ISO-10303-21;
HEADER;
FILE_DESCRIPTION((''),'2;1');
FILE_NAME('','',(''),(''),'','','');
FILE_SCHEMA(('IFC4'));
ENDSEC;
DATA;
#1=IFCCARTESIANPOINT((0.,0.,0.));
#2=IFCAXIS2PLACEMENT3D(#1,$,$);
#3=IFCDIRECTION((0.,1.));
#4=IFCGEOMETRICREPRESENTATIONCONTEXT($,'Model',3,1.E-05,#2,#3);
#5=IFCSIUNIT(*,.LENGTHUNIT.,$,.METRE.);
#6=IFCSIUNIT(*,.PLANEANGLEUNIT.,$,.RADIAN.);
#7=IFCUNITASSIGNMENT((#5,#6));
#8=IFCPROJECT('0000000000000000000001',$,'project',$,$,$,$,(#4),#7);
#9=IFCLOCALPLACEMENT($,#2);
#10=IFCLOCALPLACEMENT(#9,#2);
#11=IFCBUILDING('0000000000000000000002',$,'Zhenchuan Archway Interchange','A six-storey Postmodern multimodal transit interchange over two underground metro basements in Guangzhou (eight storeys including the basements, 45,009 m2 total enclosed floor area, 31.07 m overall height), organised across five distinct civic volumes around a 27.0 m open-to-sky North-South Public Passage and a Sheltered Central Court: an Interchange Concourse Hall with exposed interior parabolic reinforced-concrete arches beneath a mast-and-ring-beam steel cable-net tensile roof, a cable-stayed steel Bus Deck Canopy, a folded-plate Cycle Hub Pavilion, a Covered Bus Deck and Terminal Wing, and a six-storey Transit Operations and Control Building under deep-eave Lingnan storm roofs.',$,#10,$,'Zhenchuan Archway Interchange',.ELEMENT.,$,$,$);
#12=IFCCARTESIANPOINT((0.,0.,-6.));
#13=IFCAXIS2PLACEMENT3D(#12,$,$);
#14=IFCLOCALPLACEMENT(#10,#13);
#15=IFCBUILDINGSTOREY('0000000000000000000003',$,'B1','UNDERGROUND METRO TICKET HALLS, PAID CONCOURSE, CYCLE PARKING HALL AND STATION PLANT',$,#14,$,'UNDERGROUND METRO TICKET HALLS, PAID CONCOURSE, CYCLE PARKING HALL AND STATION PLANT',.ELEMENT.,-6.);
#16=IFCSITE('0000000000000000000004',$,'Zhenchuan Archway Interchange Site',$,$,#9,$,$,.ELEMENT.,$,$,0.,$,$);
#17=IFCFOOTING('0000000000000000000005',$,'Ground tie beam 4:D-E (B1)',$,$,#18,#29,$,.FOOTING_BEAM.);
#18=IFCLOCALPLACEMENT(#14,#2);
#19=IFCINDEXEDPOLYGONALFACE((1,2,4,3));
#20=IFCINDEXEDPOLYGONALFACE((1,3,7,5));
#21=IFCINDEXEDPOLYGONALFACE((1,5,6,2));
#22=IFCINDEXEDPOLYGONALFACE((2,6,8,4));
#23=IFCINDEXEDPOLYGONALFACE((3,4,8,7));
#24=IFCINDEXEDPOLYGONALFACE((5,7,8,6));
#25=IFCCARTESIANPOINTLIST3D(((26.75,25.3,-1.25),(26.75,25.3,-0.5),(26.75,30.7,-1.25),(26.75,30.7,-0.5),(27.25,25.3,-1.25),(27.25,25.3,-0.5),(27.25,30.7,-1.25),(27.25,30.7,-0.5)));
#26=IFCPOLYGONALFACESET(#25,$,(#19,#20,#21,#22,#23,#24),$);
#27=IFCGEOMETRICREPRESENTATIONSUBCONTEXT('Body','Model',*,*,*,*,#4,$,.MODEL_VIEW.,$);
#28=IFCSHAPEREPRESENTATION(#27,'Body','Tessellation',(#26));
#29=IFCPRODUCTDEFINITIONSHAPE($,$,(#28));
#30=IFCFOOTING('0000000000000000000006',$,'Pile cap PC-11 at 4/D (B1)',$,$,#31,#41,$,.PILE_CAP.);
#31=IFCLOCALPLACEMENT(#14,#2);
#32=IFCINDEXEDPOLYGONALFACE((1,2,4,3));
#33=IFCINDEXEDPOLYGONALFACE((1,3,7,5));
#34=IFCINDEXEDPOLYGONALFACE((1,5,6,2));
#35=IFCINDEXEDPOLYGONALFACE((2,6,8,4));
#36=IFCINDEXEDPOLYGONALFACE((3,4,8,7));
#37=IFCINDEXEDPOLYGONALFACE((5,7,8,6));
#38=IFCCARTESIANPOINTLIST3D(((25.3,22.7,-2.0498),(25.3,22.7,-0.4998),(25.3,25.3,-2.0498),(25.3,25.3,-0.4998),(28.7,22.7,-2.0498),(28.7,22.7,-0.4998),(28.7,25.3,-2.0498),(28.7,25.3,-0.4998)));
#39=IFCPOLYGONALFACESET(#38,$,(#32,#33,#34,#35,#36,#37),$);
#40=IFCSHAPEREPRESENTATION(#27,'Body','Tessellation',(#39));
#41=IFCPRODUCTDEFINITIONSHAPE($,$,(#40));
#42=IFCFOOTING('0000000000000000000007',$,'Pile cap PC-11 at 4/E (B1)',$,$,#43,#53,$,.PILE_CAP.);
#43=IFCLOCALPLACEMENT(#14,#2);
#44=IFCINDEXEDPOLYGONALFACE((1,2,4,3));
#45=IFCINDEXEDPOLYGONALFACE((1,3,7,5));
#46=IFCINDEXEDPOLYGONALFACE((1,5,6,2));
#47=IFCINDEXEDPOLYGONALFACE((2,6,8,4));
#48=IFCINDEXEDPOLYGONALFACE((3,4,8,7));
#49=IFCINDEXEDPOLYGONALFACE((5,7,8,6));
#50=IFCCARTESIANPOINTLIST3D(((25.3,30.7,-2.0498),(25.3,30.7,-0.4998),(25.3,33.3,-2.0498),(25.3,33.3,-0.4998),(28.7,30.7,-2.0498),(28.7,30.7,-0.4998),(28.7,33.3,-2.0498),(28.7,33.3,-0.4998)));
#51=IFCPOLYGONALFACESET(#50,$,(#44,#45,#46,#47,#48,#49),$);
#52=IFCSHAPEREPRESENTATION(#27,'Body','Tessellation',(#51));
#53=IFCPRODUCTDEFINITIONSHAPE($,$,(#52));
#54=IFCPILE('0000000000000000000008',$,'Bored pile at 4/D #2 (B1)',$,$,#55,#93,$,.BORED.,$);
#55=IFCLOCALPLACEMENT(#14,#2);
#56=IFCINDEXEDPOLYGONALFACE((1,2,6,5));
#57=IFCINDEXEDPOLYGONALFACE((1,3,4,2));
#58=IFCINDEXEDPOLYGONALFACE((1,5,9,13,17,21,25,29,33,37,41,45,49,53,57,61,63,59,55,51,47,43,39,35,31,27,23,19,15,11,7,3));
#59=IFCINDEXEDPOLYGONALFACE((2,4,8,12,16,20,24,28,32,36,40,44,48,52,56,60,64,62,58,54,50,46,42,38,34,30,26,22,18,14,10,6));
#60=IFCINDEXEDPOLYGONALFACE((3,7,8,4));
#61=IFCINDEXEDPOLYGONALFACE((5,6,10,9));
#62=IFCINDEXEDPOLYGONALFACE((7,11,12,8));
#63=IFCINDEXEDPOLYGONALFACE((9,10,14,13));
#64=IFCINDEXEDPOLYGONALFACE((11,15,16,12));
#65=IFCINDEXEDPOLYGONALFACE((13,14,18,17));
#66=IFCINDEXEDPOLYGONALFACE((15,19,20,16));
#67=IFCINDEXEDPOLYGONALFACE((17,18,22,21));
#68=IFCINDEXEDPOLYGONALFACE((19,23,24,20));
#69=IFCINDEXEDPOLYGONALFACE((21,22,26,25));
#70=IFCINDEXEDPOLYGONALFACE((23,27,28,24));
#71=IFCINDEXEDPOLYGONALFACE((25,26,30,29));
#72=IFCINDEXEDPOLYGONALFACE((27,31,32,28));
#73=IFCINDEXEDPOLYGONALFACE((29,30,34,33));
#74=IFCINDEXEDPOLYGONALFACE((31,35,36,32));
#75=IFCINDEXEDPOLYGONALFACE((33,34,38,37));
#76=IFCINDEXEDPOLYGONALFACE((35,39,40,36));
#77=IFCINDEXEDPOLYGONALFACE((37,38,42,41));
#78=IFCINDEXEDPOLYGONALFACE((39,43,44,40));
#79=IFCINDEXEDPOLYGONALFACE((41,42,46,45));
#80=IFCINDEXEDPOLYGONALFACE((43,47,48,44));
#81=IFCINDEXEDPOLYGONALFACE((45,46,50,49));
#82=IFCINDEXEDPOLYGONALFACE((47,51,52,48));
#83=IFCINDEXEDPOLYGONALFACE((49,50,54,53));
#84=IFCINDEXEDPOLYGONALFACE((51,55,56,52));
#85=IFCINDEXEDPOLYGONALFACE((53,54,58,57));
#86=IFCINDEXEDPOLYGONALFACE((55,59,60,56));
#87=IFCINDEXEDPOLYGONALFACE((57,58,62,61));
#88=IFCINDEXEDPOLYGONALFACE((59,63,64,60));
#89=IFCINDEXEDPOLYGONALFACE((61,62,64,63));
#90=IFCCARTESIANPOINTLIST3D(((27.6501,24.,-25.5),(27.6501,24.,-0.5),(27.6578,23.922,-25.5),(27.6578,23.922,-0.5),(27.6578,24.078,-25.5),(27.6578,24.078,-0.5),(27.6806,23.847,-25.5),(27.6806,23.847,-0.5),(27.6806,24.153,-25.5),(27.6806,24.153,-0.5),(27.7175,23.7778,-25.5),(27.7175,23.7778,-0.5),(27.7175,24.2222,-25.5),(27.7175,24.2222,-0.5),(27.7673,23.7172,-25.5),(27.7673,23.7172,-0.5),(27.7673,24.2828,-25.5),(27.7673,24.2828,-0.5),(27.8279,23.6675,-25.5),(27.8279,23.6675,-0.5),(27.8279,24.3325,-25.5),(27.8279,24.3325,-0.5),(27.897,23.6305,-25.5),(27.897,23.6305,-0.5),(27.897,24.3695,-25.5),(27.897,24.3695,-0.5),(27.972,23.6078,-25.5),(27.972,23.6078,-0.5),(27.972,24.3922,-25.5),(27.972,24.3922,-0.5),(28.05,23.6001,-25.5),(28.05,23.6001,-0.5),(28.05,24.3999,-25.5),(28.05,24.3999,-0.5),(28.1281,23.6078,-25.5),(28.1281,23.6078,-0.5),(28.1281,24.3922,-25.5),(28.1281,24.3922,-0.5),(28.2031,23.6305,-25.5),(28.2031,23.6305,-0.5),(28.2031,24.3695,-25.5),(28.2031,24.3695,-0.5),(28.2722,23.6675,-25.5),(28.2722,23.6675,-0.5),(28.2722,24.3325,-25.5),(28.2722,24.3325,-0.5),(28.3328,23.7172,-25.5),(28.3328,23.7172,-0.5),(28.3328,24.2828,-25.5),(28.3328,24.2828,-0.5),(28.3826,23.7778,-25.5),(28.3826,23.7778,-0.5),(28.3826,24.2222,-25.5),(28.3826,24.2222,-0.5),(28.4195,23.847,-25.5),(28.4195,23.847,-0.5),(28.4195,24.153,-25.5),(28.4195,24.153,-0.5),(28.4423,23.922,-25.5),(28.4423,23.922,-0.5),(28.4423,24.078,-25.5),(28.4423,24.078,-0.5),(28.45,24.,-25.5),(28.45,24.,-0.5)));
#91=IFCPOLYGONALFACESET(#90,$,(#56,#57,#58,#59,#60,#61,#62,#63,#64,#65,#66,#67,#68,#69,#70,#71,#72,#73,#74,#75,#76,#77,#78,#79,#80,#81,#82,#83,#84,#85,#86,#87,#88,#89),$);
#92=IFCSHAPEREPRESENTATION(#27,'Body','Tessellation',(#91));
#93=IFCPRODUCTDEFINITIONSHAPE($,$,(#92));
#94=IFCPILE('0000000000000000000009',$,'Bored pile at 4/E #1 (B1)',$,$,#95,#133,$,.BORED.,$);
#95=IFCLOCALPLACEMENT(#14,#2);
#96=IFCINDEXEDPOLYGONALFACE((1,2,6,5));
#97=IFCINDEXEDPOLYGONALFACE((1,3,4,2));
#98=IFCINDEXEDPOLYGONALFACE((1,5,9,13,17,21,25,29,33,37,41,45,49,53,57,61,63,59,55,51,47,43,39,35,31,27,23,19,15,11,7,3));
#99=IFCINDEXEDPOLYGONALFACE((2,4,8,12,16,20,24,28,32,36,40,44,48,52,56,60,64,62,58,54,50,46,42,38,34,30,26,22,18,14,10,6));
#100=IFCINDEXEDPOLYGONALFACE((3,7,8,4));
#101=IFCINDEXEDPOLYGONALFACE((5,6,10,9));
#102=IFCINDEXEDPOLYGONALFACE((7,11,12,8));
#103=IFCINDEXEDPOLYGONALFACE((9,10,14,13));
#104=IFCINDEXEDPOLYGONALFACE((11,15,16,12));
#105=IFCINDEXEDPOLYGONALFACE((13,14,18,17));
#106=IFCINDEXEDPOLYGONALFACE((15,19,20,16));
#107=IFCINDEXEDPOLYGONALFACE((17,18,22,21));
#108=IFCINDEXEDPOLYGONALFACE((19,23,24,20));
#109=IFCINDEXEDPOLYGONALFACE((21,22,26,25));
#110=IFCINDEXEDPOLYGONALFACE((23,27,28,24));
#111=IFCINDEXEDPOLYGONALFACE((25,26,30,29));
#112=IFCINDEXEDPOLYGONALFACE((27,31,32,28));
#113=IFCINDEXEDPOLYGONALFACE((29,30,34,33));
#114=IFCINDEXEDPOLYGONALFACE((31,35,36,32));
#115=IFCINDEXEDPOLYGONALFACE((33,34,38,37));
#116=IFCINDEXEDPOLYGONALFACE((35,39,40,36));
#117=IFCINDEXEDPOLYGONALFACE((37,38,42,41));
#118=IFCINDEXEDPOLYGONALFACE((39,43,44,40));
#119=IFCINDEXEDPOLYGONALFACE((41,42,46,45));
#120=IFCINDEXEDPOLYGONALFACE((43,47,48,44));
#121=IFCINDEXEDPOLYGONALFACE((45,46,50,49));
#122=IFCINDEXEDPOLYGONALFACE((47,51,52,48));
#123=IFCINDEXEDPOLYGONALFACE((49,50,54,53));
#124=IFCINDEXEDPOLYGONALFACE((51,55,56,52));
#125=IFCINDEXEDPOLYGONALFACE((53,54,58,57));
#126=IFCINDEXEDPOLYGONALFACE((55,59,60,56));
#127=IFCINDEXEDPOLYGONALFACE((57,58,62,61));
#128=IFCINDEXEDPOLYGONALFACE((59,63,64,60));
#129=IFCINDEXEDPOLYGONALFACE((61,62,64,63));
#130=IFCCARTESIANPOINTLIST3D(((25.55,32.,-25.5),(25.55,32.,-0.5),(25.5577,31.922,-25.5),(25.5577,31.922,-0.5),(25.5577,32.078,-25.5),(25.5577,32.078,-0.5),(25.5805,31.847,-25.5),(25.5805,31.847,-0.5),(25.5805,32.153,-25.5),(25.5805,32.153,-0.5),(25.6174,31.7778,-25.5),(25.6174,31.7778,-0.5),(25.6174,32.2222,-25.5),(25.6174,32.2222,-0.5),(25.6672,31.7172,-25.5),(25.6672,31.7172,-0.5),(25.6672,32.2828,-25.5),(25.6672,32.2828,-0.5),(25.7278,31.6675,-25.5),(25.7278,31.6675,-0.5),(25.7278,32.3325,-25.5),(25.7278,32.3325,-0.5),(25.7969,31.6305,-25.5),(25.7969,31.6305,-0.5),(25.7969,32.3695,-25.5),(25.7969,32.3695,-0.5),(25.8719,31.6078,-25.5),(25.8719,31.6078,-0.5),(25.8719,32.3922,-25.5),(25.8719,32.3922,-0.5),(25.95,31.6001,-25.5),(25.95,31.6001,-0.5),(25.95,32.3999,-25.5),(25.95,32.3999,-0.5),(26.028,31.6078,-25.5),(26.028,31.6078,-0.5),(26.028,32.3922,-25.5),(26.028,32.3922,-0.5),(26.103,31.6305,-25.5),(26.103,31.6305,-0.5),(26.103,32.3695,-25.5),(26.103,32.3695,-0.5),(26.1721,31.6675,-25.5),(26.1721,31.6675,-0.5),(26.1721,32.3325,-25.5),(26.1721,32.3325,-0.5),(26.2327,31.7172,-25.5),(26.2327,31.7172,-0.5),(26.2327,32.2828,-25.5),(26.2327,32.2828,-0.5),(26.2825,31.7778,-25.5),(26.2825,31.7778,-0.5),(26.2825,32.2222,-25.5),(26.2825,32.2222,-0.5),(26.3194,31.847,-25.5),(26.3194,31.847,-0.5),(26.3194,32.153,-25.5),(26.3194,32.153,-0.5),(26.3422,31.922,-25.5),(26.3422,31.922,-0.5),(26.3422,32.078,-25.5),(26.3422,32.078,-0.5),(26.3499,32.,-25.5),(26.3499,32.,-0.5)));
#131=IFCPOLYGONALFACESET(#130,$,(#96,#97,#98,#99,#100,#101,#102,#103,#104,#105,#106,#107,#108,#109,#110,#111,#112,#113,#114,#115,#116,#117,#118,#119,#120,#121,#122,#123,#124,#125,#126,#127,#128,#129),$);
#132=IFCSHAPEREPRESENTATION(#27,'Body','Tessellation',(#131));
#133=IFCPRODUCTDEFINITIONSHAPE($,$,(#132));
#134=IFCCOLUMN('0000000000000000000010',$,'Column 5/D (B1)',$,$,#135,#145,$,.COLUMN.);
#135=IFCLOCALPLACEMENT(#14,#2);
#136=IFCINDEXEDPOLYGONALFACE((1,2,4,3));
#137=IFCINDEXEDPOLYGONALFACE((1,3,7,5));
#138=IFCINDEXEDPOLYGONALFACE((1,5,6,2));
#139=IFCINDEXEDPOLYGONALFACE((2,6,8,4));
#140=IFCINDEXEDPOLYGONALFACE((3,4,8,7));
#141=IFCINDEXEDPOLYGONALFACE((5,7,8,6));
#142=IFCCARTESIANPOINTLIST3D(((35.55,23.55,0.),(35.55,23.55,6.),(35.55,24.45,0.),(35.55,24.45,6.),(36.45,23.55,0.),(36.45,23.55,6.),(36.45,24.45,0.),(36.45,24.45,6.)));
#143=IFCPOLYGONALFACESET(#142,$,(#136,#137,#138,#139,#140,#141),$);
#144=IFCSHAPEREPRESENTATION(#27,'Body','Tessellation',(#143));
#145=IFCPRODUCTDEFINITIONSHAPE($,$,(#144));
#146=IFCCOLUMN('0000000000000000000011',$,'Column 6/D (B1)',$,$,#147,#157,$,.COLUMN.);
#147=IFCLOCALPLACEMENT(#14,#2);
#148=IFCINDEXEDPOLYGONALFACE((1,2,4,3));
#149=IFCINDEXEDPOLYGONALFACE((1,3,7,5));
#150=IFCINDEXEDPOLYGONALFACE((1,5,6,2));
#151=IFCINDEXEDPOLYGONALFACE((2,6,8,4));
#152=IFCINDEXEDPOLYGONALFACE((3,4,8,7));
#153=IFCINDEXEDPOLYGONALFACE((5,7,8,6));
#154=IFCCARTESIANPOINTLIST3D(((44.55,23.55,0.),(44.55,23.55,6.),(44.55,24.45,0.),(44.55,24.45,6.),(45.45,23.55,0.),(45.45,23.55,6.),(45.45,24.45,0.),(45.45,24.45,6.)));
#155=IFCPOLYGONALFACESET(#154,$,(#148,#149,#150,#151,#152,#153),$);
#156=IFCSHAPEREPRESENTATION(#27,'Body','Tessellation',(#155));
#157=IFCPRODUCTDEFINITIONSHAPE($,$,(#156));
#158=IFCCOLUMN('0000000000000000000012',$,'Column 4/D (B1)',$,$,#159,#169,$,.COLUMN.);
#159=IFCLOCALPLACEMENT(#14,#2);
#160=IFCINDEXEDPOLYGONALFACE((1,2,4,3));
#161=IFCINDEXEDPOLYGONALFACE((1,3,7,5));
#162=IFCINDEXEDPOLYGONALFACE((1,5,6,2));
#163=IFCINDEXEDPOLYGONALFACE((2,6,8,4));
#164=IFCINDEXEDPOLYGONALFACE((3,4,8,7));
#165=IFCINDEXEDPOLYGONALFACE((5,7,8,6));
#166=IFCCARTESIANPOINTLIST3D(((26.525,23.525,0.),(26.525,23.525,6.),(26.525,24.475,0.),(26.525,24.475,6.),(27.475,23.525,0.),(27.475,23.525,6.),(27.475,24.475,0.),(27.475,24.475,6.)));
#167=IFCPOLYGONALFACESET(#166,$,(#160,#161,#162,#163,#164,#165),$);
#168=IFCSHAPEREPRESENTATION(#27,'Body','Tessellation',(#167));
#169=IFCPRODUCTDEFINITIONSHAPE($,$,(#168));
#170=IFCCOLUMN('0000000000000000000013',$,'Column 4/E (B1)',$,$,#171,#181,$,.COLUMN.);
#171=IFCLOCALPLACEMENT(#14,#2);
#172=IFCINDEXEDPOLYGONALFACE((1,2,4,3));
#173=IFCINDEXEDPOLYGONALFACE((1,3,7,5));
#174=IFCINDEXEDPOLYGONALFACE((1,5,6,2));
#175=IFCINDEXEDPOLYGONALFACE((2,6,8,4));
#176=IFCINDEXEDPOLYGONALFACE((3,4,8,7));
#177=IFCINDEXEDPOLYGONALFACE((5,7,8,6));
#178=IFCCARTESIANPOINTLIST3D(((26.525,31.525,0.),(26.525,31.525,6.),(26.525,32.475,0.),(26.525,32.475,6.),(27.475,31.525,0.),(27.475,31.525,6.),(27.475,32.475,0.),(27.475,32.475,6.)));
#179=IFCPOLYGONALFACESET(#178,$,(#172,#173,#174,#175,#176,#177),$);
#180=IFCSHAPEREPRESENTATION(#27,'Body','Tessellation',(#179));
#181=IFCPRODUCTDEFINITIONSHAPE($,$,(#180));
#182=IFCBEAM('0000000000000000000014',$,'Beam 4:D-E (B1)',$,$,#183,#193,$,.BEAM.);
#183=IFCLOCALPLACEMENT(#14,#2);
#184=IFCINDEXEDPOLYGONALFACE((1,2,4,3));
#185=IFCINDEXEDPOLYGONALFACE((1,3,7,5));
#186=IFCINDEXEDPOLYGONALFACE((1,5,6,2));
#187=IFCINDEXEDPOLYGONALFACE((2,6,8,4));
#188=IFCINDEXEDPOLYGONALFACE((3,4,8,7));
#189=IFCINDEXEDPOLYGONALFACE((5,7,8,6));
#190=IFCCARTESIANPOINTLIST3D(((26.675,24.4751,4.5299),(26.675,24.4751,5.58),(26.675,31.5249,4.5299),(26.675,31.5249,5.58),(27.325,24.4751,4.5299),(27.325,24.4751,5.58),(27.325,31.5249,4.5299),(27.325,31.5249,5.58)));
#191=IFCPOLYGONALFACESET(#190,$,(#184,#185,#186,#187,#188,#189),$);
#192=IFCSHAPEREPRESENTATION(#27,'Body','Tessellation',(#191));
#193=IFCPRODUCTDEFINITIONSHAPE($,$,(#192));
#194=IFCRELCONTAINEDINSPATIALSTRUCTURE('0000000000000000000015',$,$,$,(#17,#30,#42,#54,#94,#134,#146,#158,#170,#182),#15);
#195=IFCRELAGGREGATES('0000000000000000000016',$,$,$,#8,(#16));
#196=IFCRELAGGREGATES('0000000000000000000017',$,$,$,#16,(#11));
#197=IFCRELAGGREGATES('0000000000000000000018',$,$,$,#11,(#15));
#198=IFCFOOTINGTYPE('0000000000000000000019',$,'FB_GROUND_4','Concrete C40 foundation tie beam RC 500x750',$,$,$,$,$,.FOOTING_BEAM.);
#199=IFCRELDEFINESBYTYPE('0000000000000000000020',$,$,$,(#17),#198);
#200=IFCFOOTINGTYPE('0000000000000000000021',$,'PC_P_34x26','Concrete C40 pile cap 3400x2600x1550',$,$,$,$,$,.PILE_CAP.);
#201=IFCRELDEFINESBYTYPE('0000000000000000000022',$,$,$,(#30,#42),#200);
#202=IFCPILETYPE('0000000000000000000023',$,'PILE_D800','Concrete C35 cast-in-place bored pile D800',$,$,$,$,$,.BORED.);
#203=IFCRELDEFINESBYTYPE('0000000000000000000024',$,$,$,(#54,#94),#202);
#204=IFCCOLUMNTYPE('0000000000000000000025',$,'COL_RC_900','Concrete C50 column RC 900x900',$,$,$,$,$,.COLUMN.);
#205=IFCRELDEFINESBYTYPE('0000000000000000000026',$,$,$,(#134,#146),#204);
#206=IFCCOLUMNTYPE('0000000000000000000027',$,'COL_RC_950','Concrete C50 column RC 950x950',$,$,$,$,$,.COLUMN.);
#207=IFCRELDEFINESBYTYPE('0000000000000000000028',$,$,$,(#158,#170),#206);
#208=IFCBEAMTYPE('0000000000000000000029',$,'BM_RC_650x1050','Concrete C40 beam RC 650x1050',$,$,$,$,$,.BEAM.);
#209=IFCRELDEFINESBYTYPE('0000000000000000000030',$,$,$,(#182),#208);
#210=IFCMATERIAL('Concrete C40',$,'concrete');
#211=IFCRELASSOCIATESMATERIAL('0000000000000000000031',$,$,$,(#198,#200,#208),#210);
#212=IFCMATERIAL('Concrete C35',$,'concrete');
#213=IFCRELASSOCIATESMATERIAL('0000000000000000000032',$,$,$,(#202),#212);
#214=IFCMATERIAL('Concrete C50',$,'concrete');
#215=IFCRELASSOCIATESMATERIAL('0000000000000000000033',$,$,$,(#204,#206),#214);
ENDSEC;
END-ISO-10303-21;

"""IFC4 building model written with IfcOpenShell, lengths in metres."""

from ifc_helpers import new_model, si_unit, direction, frame, origin, origin_2d, place, context, subcontext, project, spatial, rectangle, circle, extrude, material, material_profile, profile_set, type_object, element, save


model = new_model("IFC4")

# Units and contexts
model_context = context("Model", 3, precision=1e-05, world=origin(), true_north=direction((0.0, 1.0)))
body_context = subcontext(model_context, "Body", "Model", "MODEL_VIEW")
ifc_project = project(units=[si_unit("LENGTHUNIT", "METRE"), si_unit("PLANEANGLEUNIT", "RADIAN")], contexts=[model_context])

# Site, building, storey
site_placement = place(None, origin())
site = spatial("IfcSite", under=ifc_project, at=site_placement, Name="Zhenchuan Archway Interchange Site", CompositionType="ELEMENT", RefElevation=0.0)
building_placement = place(site_placement, origin())
building = spatial("IfcBuilding", under=site, at=building_placement, Name="Zhenchuan Archway Interchange", Description="A six-storey Postmodern multimodal transit interchange over two underground metro basements in Guangzhou (eight storeys including the basements, 45,009 m2 total enclosed floor area, 31.07 m overall height), organised across five distinct civic volumes around a 27.0 m open-to-sky North-South Public Passage and a Sheltered Central Court: an Interchange Concourse Hall with exposed interior parabolic reinforced-concrete arches beneath a mast-and-ring-beam steel cable-net tensile roof, a cable-stayed steel Bus Deck Canopy, a folded-plate Cycle Hub Pavilion, a Covered Bus Deck and Terminal Wing, and a six-storey Transit Operations and Control Building under deep-eave Lingnan storm roofs.", LongName="Zhenchuan Archway Interchange", CompositionType="ELEMENT")
storey_placement = place(building_placement, frame((0.0, 0.0, -6.0)))
storey = spatial("IfcBuildingStorey", under=building, at=storey_placement, Name="B1", Description="UNDERGROUND METRO TICKET HALLS, PAID CONCOURSE, CYCLE PARKING HALL AND STATION PLANT", LongName="UNDERGROUND METRO TICKET HALLS, PAID CONCOURSE, CYCLE PARKING HALL AND STATION PLANT", CompositionType="ELEMENT", Elevation=-6.0)

# Footings
ifc_material_1 = material(Name="Concrete C40", Category="concrete")
ifc_material_profile_1 = material_profile(ifc_material_1, rectangle(XDim=0.5, YDim=0.75, at=origin_2d()), Name="RC 500x750")
ifc_profile_set_1 = profile_set([ifc_material_profile_1], Name="Concrete C40")
footing_type_1 = type_object("IfcFootingType", Name="FB_GROUND_4", Description="Concrete C40 foundation tie beam RC 500x750", PredefinedType="FOOTING_BEAM", material=ifc_profile_set_1)
footing_placement = place(storey_placement, frame((27.0, 25.3, -0.875), z_axis=(0.0, 1.0, 0.0), x_axis=(-1.0, 0.0, 0.0)))
element("IfcFooting", 1, at=footing_placement, inside=storey, type_object=footing_type_1, Name="Ground tie beam 4:D-E (B1)", PredefinedType="FOOTING_BEAM", context=body_context, shape_type="SweptSolid", body=[
    extrude(rectangle(XDim=0.5, YDim=0.75, at=origin_2d()), origin(), (0.0, 0.0, 1.0), 5.3999),
])
footing_type_2 = type_object("IfcFootingType", Name="PC_P_34x26", Description="Concrete C40 pile cap 3400x2600x1550", PredefinedType="PILE_CAP", material=ifc_material_1)
for number, where, z_axis, x_axis, name in (
    (2, (27.0, 24.0, -2.0498), (0.0, 0.0, 1.0), (1.0, 0.0, 0.0), "Pile cap PC-11 at 4/D (B1)"),
    (3, (27.0, 32.0, -2.0498), (0.0, 0.0, 1.0), (1.0, 0.0, 0.0), "Pile cap PC-11 at 4/E (B1)"),
):
    element("IfcFooting", number, at=place(storey_placement, frame(where, z_axis=z_axis, x_axis=x_axis)), inside=storey, type_object=footing_type_2, Name=name, PredefinedType="PILE_CAP", context=body_context, shape_type="SweptSolid", body=[
        extrude(rectangle(XDim=3.3999, YDim=2.6001, at=origin_2d()), origin(), (0.0, 0.0, 1.0), 1.55),
    ])

# Piles
ifc_material_2 = material(Name="Concrete C35", Category="concrete")
ifc_material_profile_2 = material_profile(ifc_material_2, circle(Radius=0.3999, at=origin_2d()), Name="BORED PILE 800")
ifc_profile_set_2 = profile_set([ifc_material_profile_2], Name="Concrete C35")
pile_type = type_object("IfcPileType", Name="PILE_D800", Description="Concrete C35 cast-in-place bored pile D800", PredefinedType="BORED", material=ifc_profile_set_2)
for number, where, z_axis, x_axis, name in (
    (4, (28.05, 24.0, -0.5), (0.0, 0.0, -1.0), (1.0, 0.0, 0.0), "Bored pile at 4/D #2 (B1)"),
    (5, (25.95, 32.0, -0.5), (0.0, 0.0, -1.0), (1.0, 0.0, 0.0), "Bored pile at 4/E #1 (B1)"),
):
    element("IfcPile", number, at=place(storey_placement, frame(where, z_axis=z_axis, x_axis=x_axis)), inside=storey, type_object=pile_type, Name=name, PredefinedType="BORED", context=body_context, shape_type="SweptSolid", body=[
        extrude(circle(Radius=0.3999, at=origin_2d()), origin(), (0.0, 0.0, 1.0), 25.0),
    ])

# Columns
ifc_material_3 = material(Name="Concrete C50", Category="concrete")
ifc_material_profile_3 = material_profile(ifc_material_3, rectangle(XDim=0.8999, YDim=0.8999, at=origin_2d()), Name="RC 900x900")
ifc_profile_set_3 = profile_set([ifc_material_profile_3], Name="Concrete C50")
column_type_1 = type_object("IfcColumnType", Name="COL_RC_900", Description="Concrete C50 column RC 900x900", PredefinedType="COLUMN", material=ifc_profile_set_3)
for number, where, z_axis, x_axis, name in (
    (6, (36.0, 24.0, 0.0), (0.0, 0.0, 1.0), (1.0, 0.0, 0.0), "Column 5/D (B1)"),
    (7, (45.0, 24.0, 0.0), (0.0, 0.0, 1.0), (1.0, 0.0, 0.0), "Column 6/D (B1)"),
):
    element("IfcColumn", number, at=place(storey_placement, frame(where, z_axis=z_axis, x_axis=x_axis)), inside=storey, type_object=column_type_1, Name=name, PredefinedType="COLUMN", context=body_context, shape_type="SweptSolid", body=[
        extrude(rectangle(XDim=0.8999, YDim=0.8999, at=origin_2d()), origin(), (0.0, 0.0, 1.0), 6.0),
    ])
ifc_material_profile_4 = material_profile(ifc_material_3, rectangle(XDim=0.95, YDim=0.95, at=origin_2d()), Name="RC 950x950")
ifc_profile_set_4 = profile_set([ifc_material_profile_4], Name="Concrete C50")
column_type_2 = type_object("IfcColumnType", Name="COL_RC_950", Description="Concrete C50 column RC 950x950", PredefinedType="COLUMN", material=ifc_profile_set_4)
for number, where, z_axis, x_axis, name in (
    (8, (27.0, 24.0, 0.0), (0.0, 0.0, 1.0), (1.0, 0.0, 0.0), "Column 4/D (B1)"),
    (9, (27.0, 32.0, 0.0), (0.0, 0.0, 1.0), (1.0, 0.0, 0.0), "Column 4/E (B1)"),
):
    element("IfcColumn", number, at=place(storey_placement, frame(where, z_axis=z_axis, x_axis=x_axis)), inside=storey, type_object=column_type_2, Name=name, PredefinedType="COLUMN", context=body_context, shape_type="SweptSolid", body=[
        extrude(rectangle(XDim=0.95, YDim=0.95, at=origin_2d()), origin(), (0.0, 0.0, 1.0), 6.0),
    ])

# Beam
ifc_material_profile_5 = material_profile(ifc_material_1, rectangle(XDim=0.6499, YDim=1.05, at=origin_2d()), Name="RC 650x1050")
ifc_profile_set_5 = profile_set([ifc_material_profile_5], Name="Concrete C40")
beam_type_1 = type_object("IfcBeamType", Name="BM_RC_650x1050", Description="Concrete C40 beam RC 650x1050", PredefinedType="BEAM", material=ifc_profile_set_5)
beam_1_placement = place(storey_placement, frame((27.0, 24.4751, 5.0549), z_axis=(0.0, 1.0, 0.0), x_axis=(-1.0, 0.0, 0.0)))
element("IfcBeam", 10, at=beam_1_placement, inside=storey, type_object=beam_type_1, Name="Beam 4:D-E (B1)", PredefinedType="BEAM", context=body_context, shape_type="SweptSolid", body=[
    extrude(rectangle(XDim=0.6499, YDim=1.05, at=origin_2d()), origin(), (0.0, 0.0, 1.0), 7.0498),
])

save(model, "model.ifc")
